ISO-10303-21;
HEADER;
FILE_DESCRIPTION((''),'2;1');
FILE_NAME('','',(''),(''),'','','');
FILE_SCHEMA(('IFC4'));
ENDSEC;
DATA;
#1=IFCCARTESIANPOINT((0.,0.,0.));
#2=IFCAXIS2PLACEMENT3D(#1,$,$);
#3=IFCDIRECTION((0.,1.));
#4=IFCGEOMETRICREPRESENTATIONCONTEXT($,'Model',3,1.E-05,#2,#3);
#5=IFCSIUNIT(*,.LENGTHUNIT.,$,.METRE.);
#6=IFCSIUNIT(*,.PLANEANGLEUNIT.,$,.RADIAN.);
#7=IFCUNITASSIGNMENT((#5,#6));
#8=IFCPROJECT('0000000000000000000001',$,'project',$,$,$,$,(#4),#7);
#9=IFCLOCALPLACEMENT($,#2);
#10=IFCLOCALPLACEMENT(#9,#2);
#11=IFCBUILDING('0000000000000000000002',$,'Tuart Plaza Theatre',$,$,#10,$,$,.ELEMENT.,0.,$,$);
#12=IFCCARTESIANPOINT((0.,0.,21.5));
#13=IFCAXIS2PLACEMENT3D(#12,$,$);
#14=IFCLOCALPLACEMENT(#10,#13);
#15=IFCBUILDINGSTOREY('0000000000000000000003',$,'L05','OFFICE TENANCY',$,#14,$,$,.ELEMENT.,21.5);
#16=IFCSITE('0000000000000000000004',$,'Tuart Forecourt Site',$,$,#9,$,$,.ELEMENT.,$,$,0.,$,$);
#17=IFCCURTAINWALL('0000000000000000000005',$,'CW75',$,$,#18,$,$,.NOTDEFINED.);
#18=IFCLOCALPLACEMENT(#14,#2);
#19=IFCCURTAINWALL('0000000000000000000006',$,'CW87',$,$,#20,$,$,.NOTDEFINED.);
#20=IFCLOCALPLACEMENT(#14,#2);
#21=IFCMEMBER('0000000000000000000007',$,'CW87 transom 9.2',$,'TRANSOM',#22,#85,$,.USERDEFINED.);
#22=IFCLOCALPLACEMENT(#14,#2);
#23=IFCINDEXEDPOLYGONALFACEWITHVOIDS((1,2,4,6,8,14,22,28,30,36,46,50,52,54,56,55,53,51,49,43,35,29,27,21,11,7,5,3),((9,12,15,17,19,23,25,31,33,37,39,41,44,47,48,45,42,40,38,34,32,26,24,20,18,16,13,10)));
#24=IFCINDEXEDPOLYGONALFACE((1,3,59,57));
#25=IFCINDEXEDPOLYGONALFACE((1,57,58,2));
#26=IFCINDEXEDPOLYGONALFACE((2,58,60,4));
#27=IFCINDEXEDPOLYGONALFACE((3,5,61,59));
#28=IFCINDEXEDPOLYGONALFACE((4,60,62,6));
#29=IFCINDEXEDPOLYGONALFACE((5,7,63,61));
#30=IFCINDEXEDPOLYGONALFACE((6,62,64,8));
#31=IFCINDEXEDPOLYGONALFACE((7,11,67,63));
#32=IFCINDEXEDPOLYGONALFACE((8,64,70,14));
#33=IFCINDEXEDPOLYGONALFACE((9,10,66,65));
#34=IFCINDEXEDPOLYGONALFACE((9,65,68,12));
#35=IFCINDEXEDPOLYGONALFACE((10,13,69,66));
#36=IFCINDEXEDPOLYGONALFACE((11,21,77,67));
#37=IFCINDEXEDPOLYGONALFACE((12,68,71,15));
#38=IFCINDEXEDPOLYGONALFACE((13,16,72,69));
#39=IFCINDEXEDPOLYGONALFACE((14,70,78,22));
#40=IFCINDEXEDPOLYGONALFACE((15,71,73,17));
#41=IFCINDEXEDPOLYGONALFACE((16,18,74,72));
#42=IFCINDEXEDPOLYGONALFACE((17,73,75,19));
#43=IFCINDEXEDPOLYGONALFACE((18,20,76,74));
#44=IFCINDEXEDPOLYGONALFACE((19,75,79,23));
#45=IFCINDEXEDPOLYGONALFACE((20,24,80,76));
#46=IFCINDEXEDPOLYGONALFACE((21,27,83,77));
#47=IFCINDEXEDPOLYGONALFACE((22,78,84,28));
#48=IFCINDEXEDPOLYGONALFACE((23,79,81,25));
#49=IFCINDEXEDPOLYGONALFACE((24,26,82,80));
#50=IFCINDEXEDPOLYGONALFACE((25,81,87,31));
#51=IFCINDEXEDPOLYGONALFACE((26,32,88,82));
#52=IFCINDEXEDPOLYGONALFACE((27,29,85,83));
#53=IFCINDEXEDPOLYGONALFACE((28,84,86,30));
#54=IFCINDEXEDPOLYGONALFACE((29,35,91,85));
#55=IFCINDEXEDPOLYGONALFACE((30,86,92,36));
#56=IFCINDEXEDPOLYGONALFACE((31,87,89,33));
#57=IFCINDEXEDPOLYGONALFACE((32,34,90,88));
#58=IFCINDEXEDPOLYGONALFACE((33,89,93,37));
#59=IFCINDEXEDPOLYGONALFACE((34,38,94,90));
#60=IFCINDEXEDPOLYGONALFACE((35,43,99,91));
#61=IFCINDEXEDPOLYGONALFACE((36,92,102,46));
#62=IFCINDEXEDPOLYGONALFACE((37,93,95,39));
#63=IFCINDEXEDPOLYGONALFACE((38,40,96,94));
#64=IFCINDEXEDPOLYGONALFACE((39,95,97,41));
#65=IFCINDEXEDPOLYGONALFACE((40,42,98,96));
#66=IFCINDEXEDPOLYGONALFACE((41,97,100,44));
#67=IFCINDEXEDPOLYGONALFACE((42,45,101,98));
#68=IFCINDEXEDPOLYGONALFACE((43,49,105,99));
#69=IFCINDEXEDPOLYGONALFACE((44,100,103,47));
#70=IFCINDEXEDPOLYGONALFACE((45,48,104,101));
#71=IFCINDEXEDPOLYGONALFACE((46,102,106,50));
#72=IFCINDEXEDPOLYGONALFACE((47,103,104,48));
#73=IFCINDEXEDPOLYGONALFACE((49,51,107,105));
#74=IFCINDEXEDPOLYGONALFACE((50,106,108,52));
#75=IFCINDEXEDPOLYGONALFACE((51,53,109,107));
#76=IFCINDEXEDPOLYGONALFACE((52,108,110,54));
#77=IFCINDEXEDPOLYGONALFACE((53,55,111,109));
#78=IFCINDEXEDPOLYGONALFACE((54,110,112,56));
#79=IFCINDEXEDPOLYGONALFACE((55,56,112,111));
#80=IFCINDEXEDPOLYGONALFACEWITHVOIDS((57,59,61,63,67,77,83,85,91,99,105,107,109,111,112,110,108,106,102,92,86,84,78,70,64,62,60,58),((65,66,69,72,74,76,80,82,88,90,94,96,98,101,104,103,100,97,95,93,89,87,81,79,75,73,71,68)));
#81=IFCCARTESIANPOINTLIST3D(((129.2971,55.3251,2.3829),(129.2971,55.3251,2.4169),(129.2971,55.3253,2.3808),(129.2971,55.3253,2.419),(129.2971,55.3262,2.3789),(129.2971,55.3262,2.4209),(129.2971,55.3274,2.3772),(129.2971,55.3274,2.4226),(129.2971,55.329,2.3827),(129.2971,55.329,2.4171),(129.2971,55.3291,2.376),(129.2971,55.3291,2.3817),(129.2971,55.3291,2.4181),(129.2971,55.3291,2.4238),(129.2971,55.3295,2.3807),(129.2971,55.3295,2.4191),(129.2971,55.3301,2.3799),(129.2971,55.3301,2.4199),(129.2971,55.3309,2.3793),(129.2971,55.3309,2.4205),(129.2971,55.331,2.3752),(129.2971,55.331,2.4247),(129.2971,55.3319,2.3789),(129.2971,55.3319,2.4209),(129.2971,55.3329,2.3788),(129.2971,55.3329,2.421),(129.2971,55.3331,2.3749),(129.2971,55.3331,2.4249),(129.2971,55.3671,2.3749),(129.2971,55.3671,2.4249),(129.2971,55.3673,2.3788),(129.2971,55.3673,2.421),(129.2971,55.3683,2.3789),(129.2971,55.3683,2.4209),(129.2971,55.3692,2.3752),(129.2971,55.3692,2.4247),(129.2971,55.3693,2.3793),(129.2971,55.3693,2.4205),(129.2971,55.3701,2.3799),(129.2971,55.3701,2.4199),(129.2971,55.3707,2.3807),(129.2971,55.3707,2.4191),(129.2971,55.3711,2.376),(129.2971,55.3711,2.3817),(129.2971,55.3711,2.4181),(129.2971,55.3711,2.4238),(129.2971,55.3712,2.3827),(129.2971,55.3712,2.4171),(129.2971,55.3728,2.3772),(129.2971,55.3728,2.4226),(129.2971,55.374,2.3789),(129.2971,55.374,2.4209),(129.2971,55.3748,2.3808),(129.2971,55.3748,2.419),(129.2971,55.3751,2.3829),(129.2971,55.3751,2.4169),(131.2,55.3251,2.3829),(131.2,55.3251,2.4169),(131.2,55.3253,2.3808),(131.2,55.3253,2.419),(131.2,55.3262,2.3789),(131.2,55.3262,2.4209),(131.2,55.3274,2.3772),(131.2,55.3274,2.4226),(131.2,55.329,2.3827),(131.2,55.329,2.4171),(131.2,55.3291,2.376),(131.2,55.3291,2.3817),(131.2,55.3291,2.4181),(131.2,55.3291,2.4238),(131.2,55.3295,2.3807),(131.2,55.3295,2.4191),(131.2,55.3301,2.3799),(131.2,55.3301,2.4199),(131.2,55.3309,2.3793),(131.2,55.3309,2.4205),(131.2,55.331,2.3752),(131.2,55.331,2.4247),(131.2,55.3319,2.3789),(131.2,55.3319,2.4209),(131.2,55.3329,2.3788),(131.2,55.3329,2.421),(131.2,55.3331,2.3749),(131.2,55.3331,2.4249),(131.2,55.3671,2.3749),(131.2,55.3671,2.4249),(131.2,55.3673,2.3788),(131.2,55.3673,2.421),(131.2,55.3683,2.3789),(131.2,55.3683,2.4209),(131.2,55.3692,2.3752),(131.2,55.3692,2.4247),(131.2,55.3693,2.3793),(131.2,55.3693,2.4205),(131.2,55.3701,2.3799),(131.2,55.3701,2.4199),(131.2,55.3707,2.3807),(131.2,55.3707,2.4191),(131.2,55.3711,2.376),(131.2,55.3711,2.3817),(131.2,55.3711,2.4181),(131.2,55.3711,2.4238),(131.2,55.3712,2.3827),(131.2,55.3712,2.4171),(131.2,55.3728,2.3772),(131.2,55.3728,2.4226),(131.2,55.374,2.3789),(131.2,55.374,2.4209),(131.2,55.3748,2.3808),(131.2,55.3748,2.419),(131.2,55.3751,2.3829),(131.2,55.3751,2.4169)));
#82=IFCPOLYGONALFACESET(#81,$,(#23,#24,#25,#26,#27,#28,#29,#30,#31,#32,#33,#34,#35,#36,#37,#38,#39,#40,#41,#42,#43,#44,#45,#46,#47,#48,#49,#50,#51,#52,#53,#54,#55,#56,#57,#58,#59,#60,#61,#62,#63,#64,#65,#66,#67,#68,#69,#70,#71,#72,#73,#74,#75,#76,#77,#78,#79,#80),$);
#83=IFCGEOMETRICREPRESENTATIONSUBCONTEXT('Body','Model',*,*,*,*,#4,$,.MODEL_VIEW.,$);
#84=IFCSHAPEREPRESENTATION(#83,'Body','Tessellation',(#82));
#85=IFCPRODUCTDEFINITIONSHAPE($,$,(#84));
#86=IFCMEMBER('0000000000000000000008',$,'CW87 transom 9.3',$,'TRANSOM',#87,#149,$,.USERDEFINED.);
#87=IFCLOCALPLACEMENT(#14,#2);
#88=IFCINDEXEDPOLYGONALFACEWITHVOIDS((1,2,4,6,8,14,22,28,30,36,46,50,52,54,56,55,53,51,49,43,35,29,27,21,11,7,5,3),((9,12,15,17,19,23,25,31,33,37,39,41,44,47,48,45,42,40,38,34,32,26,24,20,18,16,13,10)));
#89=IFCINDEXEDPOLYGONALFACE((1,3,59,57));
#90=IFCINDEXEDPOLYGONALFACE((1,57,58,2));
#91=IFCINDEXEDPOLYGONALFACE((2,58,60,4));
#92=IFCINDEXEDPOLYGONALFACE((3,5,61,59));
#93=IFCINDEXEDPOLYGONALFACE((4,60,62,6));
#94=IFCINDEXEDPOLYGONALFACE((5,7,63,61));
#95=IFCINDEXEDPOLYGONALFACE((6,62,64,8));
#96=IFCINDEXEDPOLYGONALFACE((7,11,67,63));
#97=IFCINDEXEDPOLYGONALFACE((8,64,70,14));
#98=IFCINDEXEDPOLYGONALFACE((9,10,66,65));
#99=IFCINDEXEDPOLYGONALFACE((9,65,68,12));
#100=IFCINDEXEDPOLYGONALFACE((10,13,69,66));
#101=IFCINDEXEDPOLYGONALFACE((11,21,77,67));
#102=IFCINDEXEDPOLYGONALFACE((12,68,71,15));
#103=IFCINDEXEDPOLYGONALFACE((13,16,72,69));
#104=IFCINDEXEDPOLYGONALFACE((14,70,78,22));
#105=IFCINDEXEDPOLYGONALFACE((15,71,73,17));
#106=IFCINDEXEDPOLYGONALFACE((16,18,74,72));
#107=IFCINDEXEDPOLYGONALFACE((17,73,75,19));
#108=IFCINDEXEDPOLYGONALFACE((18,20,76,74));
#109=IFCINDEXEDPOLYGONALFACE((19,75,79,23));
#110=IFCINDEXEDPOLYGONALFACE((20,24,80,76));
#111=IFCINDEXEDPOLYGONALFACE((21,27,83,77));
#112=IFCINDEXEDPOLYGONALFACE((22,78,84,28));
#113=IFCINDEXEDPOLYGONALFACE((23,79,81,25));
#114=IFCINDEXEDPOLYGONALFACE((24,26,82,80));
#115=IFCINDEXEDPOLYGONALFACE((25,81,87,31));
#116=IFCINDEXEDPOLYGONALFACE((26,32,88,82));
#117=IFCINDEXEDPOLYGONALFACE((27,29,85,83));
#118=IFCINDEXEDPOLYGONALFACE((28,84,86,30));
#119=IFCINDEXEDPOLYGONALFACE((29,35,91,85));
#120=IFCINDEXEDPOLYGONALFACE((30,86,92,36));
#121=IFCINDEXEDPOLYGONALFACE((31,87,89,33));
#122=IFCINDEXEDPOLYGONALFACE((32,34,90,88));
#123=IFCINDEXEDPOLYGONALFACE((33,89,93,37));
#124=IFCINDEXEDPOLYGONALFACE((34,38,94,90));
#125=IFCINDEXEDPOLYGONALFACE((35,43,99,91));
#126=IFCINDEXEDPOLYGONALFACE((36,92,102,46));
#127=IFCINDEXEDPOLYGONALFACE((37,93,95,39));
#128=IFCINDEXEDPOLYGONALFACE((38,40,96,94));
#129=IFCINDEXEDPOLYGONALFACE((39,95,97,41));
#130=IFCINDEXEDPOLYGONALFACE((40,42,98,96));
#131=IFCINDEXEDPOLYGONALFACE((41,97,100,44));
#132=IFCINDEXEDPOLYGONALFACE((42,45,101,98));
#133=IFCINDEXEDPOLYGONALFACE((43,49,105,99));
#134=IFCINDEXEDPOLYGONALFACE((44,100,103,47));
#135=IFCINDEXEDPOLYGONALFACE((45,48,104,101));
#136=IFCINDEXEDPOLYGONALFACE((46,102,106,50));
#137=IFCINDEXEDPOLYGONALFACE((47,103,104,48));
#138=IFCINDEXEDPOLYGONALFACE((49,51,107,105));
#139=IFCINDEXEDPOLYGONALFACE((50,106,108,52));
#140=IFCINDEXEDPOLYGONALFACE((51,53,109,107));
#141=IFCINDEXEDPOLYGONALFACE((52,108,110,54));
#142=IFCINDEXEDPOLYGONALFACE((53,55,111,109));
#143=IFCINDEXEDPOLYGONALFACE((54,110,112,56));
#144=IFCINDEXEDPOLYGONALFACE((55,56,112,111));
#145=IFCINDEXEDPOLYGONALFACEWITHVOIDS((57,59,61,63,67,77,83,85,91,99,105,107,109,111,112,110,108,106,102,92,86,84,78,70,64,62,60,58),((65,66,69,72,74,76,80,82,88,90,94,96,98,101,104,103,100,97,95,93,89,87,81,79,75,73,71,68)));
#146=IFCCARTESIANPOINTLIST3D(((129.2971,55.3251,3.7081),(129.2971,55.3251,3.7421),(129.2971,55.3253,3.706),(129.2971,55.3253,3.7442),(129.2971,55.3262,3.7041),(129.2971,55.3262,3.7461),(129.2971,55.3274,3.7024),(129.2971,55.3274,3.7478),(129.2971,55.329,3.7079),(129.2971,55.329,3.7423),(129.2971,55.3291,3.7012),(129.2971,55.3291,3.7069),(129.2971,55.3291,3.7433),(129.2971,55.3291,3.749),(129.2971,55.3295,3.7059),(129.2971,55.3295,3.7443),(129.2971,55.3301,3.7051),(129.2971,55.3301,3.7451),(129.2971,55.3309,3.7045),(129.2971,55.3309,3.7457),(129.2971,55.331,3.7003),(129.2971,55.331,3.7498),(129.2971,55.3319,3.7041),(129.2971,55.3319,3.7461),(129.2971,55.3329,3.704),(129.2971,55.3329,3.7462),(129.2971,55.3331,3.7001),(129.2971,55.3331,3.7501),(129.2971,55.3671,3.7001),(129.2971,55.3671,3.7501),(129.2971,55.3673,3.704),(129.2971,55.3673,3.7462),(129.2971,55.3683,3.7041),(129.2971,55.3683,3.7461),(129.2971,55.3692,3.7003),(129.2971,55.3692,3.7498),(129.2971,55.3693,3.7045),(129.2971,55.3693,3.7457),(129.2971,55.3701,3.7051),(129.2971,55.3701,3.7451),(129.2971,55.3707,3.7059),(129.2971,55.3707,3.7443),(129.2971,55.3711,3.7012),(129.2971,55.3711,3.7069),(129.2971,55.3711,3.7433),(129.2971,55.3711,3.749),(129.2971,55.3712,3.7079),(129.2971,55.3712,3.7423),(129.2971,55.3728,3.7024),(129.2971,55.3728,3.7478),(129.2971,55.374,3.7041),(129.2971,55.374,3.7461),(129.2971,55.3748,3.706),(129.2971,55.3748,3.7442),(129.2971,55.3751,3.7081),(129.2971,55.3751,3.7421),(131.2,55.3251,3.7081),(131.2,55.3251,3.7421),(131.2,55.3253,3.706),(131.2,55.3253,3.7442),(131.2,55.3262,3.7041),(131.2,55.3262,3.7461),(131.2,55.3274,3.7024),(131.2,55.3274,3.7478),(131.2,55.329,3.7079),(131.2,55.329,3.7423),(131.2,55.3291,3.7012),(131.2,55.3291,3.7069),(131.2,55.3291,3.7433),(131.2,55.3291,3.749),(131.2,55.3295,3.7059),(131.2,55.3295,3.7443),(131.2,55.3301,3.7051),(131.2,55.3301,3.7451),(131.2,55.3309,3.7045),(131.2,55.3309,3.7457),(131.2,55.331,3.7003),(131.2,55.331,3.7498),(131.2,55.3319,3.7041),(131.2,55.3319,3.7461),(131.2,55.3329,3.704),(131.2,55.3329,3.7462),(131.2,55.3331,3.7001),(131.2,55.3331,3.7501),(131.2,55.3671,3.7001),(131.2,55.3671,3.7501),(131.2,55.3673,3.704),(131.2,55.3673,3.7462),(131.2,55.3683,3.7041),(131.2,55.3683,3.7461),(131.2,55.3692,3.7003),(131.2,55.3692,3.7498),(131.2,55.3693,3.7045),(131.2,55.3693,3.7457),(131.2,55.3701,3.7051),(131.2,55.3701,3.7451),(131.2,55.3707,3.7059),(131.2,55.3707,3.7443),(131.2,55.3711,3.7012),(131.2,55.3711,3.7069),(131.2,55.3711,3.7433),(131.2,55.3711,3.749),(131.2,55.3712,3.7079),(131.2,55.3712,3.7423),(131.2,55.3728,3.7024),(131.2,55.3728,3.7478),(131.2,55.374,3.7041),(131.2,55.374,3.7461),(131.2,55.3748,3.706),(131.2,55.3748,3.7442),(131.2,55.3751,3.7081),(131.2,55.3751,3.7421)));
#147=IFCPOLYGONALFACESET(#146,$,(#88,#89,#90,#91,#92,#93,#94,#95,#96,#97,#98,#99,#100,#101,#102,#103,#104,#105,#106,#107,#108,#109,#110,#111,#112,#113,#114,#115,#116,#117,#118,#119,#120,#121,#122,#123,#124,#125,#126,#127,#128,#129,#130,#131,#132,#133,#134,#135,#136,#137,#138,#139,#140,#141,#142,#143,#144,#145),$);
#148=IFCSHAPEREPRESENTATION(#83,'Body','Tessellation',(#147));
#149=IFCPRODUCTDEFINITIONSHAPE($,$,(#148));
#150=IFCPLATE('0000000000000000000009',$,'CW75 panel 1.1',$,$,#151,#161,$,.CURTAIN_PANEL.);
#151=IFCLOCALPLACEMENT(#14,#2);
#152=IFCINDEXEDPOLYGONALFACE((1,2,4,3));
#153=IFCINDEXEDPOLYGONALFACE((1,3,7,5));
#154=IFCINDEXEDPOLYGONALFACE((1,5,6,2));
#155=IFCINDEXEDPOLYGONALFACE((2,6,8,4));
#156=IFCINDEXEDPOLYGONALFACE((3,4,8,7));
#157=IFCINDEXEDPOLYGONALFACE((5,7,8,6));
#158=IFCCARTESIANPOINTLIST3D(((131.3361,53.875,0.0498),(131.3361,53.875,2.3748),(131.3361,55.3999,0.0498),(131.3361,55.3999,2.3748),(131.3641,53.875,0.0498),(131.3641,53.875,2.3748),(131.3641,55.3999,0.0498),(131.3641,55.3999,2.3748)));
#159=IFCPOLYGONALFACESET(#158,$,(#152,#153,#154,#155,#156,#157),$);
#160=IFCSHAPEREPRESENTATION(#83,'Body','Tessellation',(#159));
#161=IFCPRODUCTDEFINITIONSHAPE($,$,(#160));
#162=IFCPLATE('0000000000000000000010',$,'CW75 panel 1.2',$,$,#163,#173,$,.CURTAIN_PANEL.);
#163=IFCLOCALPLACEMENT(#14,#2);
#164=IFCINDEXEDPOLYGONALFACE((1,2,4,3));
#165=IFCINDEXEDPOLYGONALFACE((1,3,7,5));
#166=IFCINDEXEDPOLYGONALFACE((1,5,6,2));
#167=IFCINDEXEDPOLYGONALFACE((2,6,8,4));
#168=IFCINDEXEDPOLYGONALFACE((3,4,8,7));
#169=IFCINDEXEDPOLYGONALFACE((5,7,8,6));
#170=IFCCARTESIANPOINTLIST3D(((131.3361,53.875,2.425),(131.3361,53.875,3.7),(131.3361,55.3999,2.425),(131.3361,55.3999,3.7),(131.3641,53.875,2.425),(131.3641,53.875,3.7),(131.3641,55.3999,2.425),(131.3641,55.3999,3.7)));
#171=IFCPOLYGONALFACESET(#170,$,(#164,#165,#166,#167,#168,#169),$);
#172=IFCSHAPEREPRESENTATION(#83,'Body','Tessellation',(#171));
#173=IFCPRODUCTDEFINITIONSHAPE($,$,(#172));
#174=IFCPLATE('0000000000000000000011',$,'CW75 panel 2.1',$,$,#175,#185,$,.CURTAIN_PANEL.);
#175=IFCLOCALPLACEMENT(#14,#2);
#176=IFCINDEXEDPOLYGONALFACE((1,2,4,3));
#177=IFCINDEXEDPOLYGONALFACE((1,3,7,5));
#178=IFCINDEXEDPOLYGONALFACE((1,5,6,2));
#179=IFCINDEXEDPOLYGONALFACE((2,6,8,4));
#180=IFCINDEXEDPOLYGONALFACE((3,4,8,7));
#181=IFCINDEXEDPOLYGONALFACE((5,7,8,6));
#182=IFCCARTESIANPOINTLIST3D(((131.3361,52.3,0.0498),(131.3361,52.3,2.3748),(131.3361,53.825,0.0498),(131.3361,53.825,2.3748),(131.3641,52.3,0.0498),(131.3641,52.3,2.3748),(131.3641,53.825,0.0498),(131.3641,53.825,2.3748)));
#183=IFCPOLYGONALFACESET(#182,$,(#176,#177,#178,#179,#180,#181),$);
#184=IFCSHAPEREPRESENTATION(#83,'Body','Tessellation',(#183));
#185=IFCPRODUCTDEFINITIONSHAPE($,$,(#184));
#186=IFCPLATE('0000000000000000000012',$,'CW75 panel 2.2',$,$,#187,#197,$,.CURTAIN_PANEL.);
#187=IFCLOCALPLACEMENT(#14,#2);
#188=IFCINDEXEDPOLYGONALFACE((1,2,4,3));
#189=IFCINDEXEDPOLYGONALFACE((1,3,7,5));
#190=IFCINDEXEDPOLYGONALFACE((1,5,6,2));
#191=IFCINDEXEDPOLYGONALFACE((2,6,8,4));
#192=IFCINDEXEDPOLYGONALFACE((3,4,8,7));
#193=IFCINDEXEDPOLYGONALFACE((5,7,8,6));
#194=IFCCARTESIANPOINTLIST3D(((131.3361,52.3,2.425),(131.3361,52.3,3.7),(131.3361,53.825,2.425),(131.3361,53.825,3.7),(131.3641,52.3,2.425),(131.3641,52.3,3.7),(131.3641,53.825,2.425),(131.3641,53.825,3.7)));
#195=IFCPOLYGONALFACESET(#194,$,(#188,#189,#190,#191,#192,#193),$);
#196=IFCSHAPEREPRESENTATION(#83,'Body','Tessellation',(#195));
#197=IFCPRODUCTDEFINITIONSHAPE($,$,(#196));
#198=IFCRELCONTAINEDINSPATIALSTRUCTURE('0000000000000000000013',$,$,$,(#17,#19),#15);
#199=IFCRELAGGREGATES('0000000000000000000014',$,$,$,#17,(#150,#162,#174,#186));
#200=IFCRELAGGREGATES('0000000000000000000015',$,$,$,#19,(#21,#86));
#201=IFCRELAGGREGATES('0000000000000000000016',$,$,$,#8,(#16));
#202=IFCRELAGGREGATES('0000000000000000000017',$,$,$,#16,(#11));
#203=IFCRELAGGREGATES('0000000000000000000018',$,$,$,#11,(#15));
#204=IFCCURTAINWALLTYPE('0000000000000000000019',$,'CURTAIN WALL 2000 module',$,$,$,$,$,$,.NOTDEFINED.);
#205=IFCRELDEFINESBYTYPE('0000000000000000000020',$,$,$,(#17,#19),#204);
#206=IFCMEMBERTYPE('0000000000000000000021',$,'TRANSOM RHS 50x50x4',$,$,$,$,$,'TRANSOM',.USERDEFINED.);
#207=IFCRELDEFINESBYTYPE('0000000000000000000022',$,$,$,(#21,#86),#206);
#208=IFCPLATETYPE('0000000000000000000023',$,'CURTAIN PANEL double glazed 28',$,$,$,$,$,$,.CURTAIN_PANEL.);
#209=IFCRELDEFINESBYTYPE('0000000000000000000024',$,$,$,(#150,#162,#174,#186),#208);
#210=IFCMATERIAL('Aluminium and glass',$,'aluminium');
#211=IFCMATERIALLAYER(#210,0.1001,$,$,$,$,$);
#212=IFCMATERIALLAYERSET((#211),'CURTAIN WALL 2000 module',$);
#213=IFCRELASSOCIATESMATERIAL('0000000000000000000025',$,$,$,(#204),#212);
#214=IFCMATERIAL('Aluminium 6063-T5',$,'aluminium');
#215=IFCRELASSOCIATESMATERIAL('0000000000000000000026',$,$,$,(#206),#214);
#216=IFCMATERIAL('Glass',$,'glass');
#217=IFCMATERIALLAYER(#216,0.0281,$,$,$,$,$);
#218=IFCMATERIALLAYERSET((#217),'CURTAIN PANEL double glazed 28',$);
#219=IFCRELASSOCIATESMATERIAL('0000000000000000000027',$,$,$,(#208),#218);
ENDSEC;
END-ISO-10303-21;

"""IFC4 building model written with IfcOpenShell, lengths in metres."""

from ifc_helpers import new_model, si_unit, direction, frame, origin, origin_2d, place, context, subcontext, project, spatial, rectangle, hollow_rectangle, extrude, material, layer, layer_set, material_profile, profile_set, type_object, element, aggregate, save


model = new_model("IFC4")

# Units and contexts
model_context = context("Model", 3, precision=1e-05, world=origin(), true_north=direction((0.0, 1.0)))
body_context = subcontext(model_context, "Body", "Model", "MODEL_VIEW")
ifc_project = project(units=[si_unit("LENGTHUNIT", "METRE"), si_unit("PLANEANGLEUNIT", "RADIAN")], contexts=[model_context])

# Site, building, storey
site_placement = place(None, origin())
site = spatial("IfcSite", under=ifc_project, at=site_placement, Name="Tuart Forecourt Site", CompositionType="ELEMENT", RefElevation=0.0)
building_placement = place(site_placement, origin())
building = spatial("IfcBuilding", under=site, at=building_placement, Name="Tuart Plaza Theatre", CompositionType="ELEMENT", ElevationOfRefHeight=0.0)
storey_placement = place(building_placement, frame((0.0, 0.0, 21.5)))
storey = spatial("IfcBuildingStorey", under=building, at=storey_placement, Name="L05", Description="OFFICE TENANCY", CompositionType="ELEMENT", Elevation=21.5)

# Curtain wall
ifc_material_1 = material(Name="Aluminium and glass", Category="aluminium")
ifc_layer_1 = layer(ifc_material_1, 0.1001)
ifc_layer_set_1 = layer_set([ifc_layer_1], Name="CURTAIN WALL 2000 module")
curtain_wall_type = type_object("IfcCurtainWallType", Name="CURTAIN WALL 2000 module", PredefinedType="NOTDEFINED", material=ifc_layer_set_1)
curtain_wall_1_placement = place(storey_placement, origin())
curtain_wall_1 = element("IfcCurtainWall", 1, at=curtain_wall_1_placement, inside=storey, type_object=curtain_wall_type, Name="CW75", PredefinedType="NOTDEFINED")

# Curtain wall
curtain_wall_2_placement = place(storey_placement, origin())
curtain_wall_2 = element("IfcCurtainWall", 2, at=curtain_wall_2_placement, inside=storey, type_object=curtain_wall_type, Name="CW87", PredefinedType="NOTDEFINED")

# Members
ifc_material_2 = material(Name="Aluminium 6063-T5", Category="aluminium")
ifc_material_profile_1 = material_profile(ifc_material_2, hollow_rectangle(XDim=0.05, YDim=0.05, WallThickness=0.0039, InnerFilletRadius=0.0039, OuterFilletRadius=0.0081, at=origin_2d()), Name="RHS 50x50x4")
ifc_profile_set_1 = profile_set([ifc_material_profile_1], Name="Aluminium 6063-T5")
member_type_1 = type_object("IfcMemberType", Name="TRANSOM RHS 50x50x4", ElementType="TRANSOM", PredefinedType="USERDEFINED", material=ifc_profile_set_1)
member_1_placement = place(storey_placement, frame((129.2971, 55.3501, 2.3999), z_axis=(1.0, 0.0, 0.0), x_axis=(0.0, 1.0, 0.0)))
member_1 = element("IfcMember", 3, at=member_1_placement, type_object=member_type_1, Name="CW87 transom 9.2", ObjectType="TRANSOM", PredefinedType="USERDEFINED", context=body_context, shape_type="SweptSolid", body=[
    extrude(hollow_rectangle(XDim=0.05, YDim=0.05, WallThickness=0.0039, InnerFilletRadius=0.0039, OuterFilletRadius=0.0081, at=origin_2d()), origin(), (0.0, 0.0, 1.0), 1.9028),
])
member_2_placement = place(storey_placement, frame((129.2971, 55.3501, 3.7251), z_axis=(1.0, 0.0, 0.0), x_axis=(0.0, 1.0, 0.0)))
member_2 = element("IfcMember", 4, at=member_2_placement, type_object=member_type_1, Name="CW87 transom 9.3", ObjectType="TRANSOM", PredefinedType="USERDEFINED", context=body_context, shape_type="SweptSolid", body=[
    extrude(hollow_rectangle(XDim=0.05, YDim=0.05, WallThickness=0.0039, InnerFilletRadius=0.0039, OuterFilletRadius=0.0081, at=origin_2d()), origin(), (0.0, 0.0, 1.0), 1.9028),
])

# Plates
ifc_material_3 = material(Name="Glass", Category="glass")
ifc_layer_2 = layer(ifc_material_3, 0.0281)
ifc_layer_set_2 = layer_set([ifc_layer_2], Name="CURTAIN PANEL double glazed 28")
plate_type = type_object("IfcPlateType", Name="CURTAIN PANEL double glazed 28", PredefinedType="CURTAIN_PANEL", material=ifc_layer_set_2)
plate_1_placement = place(storey_placement, frame((131.3501, 54.6375, 0.0498), z_axis=(0.0, 0.0, 1.0), x_axis=(0.0, -1.0, 0.0)))
plate_1 = element("IfcPlate", 5, at=plate_1_placement, type_object=plate_type, Name="CW75 panel 1.1", PredefinedType="CURTAIN_PANEL", context=body_context, shape_type="SweptSolid", body=[
    extrude(rectangle(XDim=1.5249, YDim=0.0281, at=origin_2d()), origin(), (0.0, 0.0, 1.0), 2.325),
])
plate_2_placement = place(storey_placement, frame((131.3501, 54.6375, 2.425), z_axis=(0.0, 0.0, 1.0), x_axis=(0.0, -1.0, 0.0)))
plate_2 = element("IfcPlate", 6, at=plate_2_placement, type_object=plate_type, Name="CW75 panel 1.2", PredefinedType="CURTAIN_PANEL", context=body_context, shape_type="SweptSolid", body=[
    extrude(rectangle(XDim=1.5249, YDim=0.0281, at=origin_2d()), origin(), (0.0, 0.0, 1.0), 1.2749),
])
plate_3_placement = place(storey_placement, frame((131.3501, 53.0625, 0.0498), z_axis=(0.0, 0.0, 1.0), x_axis=(0.0, -1.0, 0.0)))
plate_3 = element("IfcPlate", 7, at=plate_3_placement, type_object=plate_type, Name="CW75 panel 2.1", PredefinedType="CURTAIN_PANEL", context=body_context, shape_type="SweptSolid", body=[
    extrude(rectangle(XDim=1.5249, YDim=0.0281, at=origin_2d()), origin(), (0.0, 0.0, 1.0), 2.325),
])
plate_4_placement = place(storey_placement, frame((131.3501, 53.0625, 2.425), z_axis=(0.0, 0.0, 1.0), x_axis=(0.0, -1.0, 0.0)))
plate_4 = element("IfcPlate", 8, at=plate_4_placement, type_object=plate_type, Name="CW75 panel 2.2", PredefinedType="CURTAIN_PANEL", context=body_context, shape_type="SweptSolid", body=[
    extrude(rectangle(XDim=1.5249, YDim=0.0281, at=origin_2d()), origin(), (0.0, 0.0, 1.0), 1.2749),
])
aggregate(curtain_wall_1, [plate_1, plate_2, plate_3, plate_4])
aggregate(curtain_wall_2, [member_1, member_2])

save(model, "model.ifc")
